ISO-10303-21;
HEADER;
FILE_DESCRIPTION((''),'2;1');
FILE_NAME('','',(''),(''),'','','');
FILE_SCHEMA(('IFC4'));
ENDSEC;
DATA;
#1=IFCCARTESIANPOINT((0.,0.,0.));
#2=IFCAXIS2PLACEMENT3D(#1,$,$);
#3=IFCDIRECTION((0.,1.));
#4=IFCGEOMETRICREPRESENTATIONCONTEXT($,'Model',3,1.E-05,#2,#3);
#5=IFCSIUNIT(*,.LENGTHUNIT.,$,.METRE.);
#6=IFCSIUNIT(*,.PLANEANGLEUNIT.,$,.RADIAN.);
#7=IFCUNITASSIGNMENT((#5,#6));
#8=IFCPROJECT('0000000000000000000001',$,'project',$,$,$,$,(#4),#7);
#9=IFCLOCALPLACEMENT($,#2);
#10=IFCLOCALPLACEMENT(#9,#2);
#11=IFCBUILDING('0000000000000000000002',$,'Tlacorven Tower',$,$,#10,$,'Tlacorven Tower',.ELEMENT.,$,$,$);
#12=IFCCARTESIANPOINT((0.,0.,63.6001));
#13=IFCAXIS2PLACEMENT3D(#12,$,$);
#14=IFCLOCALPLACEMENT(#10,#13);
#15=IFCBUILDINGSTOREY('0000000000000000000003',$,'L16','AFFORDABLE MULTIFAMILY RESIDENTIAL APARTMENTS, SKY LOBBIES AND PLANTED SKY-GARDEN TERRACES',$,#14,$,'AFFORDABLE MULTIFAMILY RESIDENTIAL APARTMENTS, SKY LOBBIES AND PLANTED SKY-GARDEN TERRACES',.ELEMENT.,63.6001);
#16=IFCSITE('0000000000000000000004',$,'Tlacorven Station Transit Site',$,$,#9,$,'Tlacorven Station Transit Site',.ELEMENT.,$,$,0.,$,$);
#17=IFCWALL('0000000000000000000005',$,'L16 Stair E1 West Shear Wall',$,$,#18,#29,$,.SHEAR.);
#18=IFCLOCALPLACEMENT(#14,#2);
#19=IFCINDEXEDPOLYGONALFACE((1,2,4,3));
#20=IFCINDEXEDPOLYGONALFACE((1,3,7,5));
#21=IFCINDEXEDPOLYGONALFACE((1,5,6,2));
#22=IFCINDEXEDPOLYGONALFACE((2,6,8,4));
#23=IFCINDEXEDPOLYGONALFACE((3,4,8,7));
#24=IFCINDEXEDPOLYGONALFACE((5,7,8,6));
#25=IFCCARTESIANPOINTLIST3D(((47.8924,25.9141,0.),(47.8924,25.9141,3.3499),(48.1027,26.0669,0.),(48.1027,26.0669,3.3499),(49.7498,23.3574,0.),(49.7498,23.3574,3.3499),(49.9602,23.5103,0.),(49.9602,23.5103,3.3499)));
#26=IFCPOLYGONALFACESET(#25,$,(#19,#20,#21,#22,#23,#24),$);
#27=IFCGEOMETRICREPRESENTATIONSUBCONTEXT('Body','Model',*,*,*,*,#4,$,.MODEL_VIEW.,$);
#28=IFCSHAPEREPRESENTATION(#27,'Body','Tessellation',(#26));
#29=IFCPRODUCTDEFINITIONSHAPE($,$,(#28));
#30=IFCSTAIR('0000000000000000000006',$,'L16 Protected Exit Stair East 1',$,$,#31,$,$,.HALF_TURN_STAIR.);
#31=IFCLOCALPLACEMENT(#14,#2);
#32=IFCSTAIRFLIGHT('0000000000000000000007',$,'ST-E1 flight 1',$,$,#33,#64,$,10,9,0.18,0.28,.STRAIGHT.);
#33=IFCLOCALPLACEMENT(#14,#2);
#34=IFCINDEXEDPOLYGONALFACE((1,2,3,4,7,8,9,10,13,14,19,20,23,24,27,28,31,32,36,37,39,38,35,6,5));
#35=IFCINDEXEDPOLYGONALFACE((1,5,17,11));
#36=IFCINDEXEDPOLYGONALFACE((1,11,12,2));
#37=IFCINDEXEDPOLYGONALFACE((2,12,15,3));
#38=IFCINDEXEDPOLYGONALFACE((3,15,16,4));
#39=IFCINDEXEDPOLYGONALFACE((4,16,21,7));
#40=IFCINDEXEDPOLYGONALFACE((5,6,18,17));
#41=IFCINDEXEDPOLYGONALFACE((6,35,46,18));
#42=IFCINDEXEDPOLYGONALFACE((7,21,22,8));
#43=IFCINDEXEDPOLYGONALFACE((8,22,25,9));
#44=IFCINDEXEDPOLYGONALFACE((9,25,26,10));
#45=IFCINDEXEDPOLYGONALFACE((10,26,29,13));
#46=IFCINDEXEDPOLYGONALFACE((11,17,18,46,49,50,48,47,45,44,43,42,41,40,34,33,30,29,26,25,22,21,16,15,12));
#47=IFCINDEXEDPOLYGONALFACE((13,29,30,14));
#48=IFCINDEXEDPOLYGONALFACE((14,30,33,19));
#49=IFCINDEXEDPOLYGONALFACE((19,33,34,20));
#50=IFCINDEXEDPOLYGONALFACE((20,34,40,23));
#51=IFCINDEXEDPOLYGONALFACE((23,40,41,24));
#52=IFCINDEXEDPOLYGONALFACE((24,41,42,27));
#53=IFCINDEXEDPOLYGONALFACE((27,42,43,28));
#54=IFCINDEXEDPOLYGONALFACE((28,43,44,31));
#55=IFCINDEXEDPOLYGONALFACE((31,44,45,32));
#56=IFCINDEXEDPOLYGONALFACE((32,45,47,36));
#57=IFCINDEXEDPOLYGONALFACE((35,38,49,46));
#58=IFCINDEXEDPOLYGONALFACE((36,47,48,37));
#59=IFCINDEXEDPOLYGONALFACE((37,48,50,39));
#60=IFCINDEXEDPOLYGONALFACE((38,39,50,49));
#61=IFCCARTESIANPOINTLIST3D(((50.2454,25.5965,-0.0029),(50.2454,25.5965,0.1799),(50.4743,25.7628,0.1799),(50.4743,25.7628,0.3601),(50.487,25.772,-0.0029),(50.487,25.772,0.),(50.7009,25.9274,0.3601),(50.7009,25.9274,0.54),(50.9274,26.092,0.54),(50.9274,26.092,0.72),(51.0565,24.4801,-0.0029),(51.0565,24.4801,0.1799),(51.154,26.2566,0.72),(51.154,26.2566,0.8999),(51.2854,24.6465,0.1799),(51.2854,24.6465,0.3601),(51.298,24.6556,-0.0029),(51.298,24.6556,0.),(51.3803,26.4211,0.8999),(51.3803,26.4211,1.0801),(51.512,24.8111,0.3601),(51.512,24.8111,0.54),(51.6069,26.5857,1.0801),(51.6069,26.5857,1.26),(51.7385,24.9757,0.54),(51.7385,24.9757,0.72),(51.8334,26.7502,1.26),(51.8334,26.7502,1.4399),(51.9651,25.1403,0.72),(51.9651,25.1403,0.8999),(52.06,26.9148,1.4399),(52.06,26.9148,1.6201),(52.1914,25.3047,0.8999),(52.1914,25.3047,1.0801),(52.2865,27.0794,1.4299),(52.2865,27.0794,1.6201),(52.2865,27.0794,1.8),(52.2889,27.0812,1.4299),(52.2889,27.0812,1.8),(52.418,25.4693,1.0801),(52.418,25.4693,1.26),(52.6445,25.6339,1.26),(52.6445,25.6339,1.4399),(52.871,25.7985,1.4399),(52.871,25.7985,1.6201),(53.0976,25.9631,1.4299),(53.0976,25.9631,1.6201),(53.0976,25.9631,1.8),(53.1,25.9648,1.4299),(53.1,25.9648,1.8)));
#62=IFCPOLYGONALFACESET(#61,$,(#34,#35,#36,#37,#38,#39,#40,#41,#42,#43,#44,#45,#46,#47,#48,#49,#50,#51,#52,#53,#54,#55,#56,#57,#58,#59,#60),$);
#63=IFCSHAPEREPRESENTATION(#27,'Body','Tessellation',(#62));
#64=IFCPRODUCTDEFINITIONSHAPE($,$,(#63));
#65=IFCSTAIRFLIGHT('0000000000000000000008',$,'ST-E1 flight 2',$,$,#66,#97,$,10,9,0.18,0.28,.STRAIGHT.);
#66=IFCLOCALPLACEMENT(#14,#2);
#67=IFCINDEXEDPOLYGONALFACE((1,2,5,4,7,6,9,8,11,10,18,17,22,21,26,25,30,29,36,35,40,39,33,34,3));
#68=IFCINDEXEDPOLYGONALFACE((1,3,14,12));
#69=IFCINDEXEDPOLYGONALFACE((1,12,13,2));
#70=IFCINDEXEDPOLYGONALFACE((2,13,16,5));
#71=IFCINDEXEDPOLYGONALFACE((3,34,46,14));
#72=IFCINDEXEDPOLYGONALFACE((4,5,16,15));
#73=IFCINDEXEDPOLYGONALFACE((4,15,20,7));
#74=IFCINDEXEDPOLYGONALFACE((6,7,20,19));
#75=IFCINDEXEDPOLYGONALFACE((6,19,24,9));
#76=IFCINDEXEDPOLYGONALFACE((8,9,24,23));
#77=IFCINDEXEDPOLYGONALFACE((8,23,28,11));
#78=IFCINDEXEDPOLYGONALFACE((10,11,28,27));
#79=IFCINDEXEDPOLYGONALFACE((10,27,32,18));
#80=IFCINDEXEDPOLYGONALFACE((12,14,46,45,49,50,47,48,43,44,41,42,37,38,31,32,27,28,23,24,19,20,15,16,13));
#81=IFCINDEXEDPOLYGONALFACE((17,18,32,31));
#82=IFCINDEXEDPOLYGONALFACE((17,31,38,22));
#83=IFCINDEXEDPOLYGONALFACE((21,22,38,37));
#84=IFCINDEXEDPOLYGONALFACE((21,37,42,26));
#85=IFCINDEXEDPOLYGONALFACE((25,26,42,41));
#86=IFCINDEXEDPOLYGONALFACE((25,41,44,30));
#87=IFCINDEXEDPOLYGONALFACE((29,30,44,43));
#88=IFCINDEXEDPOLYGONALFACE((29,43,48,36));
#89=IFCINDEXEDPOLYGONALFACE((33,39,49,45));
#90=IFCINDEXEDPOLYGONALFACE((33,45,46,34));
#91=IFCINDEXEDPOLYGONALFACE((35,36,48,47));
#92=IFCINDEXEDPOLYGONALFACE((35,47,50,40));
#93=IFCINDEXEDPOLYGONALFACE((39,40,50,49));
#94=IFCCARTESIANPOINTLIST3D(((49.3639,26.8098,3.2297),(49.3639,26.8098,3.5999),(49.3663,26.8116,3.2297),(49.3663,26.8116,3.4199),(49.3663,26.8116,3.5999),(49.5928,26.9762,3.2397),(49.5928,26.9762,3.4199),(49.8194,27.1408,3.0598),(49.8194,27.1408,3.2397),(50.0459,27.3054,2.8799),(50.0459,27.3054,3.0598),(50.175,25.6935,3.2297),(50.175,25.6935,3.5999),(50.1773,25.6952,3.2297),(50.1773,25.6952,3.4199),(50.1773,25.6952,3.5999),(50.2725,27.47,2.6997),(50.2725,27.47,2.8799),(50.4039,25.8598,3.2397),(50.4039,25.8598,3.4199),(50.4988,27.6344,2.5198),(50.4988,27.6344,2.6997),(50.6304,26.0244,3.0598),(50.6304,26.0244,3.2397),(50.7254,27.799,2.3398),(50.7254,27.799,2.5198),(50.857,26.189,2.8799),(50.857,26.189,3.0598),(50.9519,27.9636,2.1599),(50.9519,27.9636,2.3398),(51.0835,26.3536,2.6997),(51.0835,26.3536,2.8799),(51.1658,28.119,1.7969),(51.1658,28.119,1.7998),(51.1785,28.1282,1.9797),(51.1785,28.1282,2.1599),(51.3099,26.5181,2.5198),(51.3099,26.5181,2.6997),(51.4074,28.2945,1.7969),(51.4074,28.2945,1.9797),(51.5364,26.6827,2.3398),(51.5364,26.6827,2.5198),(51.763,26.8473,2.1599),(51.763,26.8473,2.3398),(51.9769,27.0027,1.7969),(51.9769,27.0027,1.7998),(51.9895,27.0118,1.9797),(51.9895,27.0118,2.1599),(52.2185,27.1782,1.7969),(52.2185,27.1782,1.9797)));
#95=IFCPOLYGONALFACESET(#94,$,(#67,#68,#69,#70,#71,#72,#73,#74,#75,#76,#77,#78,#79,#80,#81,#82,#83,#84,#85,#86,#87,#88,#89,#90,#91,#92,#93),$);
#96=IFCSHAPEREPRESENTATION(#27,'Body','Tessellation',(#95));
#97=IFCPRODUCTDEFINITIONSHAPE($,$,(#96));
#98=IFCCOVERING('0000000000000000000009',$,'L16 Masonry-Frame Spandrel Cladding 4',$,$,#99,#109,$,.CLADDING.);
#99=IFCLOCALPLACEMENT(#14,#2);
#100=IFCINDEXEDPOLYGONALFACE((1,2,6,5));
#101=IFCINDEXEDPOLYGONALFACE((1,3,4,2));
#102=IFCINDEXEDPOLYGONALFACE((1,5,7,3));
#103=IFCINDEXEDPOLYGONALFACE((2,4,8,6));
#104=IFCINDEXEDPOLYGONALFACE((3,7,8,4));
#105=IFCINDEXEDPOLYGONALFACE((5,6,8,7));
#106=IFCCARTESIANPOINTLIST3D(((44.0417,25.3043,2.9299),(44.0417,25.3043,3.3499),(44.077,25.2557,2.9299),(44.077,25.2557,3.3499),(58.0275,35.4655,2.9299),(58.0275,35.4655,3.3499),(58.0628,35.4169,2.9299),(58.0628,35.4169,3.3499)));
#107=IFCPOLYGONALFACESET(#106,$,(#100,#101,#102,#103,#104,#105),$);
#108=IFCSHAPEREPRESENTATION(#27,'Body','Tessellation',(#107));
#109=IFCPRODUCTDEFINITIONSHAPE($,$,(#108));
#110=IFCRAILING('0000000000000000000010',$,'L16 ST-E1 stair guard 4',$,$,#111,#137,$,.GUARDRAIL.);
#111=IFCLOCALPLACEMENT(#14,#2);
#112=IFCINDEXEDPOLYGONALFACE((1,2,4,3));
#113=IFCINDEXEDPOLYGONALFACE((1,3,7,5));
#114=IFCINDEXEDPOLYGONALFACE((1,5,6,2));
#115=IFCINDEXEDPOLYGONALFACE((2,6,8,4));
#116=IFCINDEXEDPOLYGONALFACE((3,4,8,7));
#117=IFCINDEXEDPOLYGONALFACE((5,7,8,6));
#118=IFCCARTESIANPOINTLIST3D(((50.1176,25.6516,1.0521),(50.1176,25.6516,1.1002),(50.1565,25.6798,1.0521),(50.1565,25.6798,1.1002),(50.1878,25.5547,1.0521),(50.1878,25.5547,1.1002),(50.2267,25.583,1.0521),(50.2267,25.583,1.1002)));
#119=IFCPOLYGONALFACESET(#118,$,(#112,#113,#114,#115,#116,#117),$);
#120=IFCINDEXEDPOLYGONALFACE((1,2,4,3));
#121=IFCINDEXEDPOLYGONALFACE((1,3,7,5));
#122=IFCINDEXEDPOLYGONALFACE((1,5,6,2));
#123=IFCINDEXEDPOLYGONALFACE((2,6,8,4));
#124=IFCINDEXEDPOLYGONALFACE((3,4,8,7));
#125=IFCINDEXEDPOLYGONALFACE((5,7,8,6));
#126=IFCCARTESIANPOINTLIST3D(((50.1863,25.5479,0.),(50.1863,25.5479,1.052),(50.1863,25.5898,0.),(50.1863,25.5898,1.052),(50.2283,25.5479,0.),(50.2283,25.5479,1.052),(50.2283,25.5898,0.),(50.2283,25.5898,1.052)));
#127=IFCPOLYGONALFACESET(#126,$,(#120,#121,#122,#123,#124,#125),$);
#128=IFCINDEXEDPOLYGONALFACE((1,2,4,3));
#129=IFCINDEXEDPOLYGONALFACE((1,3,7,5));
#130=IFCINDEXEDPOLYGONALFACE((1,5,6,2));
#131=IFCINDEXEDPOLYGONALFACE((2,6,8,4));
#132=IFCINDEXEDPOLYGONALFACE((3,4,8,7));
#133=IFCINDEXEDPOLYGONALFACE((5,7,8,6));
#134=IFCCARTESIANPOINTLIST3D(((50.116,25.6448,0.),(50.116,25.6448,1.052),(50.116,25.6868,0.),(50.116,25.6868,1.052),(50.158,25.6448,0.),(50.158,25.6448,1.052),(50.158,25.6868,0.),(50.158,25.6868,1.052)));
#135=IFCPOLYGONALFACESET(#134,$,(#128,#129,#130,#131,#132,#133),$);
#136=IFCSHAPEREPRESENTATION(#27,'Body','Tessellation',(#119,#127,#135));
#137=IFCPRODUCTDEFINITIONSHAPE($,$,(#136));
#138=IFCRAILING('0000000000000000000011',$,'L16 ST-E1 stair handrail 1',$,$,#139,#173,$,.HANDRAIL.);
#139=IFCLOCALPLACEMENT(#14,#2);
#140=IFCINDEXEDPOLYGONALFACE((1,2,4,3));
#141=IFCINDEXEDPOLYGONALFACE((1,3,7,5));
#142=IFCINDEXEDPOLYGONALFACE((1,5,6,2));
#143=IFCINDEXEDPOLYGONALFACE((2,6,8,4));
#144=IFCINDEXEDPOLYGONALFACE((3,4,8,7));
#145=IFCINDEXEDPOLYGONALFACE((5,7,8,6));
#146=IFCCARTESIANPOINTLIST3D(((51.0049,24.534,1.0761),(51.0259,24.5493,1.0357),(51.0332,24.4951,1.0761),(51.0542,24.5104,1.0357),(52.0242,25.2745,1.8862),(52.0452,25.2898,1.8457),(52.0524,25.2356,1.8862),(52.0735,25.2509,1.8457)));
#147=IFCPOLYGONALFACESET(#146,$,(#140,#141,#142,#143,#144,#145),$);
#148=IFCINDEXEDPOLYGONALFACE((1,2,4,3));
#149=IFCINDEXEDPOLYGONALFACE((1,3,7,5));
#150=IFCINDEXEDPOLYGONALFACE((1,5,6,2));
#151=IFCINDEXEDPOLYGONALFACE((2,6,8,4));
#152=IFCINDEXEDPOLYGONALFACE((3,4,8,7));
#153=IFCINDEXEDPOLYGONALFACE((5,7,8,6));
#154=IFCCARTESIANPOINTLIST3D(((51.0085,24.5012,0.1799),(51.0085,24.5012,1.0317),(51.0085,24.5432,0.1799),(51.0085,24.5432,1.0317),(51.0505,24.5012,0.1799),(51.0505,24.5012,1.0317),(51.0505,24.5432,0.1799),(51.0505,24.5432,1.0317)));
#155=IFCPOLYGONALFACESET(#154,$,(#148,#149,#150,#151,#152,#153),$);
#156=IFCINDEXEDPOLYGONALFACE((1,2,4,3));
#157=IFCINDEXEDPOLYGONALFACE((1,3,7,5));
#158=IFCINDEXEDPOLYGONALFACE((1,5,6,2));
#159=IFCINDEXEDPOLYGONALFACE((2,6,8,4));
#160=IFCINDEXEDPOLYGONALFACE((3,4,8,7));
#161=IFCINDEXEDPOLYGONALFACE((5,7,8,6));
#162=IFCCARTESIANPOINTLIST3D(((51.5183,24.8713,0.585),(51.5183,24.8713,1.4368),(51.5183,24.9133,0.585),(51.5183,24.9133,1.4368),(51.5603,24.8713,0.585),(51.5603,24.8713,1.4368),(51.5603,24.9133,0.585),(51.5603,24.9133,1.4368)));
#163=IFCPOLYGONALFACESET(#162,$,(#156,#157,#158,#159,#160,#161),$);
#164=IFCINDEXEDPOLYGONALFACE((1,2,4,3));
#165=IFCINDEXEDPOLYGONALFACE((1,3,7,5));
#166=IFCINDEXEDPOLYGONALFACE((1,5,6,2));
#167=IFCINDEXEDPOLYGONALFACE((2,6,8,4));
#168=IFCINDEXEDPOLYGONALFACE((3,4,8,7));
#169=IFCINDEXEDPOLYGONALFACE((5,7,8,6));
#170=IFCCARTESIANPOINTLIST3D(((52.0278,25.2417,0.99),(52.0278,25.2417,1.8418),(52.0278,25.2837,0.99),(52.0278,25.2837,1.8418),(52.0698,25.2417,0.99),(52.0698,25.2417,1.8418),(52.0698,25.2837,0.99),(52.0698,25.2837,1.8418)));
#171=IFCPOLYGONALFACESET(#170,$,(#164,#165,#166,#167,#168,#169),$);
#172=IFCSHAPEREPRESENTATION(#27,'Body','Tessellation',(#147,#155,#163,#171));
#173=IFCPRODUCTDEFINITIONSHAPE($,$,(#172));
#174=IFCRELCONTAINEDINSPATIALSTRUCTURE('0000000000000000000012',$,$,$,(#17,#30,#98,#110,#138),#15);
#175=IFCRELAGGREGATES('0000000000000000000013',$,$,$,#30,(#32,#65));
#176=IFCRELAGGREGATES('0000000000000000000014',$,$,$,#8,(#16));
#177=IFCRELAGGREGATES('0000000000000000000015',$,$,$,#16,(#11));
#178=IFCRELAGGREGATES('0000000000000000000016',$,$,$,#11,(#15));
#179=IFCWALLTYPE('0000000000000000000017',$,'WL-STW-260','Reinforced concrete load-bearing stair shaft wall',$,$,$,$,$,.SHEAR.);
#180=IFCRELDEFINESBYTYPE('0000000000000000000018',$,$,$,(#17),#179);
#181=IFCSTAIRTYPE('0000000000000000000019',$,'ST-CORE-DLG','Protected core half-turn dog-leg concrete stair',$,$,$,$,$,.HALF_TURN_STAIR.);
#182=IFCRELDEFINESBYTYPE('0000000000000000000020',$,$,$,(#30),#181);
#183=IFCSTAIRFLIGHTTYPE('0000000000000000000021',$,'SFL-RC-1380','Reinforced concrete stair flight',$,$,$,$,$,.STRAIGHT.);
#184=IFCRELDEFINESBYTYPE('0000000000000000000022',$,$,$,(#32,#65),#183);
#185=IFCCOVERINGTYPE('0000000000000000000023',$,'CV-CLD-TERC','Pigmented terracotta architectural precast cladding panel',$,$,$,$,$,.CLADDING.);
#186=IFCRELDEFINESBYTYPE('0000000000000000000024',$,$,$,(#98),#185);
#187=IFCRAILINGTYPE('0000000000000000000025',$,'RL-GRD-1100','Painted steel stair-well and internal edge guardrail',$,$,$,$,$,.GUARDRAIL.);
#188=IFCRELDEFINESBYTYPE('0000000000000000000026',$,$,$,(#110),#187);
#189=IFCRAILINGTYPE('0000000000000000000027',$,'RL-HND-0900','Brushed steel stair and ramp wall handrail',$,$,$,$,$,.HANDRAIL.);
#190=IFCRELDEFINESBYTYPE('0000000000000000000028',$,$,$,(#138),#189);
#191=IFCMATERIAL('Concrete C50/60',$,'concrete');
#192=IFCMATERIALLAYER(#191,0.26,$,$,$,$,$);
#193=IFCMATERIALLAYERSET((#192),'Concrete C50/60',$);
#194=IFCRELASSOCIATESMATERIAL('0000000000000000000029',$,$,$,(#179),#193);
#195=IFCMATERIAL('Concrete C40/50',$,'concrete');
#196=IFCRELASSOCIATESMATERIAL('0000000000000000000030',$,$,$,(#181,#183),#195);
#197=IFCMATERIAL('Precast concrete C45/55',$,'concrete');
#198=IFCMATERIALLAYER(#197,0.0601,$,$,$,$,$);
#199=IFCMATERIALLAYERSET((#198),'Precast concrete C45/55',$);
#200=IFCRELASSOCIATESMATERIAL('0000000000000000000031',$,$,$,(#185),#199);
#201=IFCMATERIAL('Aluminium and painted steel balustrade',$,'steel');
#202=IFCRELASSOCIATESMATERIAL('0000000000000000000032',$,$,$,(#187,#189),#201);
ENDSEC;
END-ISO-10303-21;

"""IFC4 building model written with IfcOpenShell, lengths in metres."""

from ifc_helpers import new_model, si_unit, direction, frame, frame_2d, origin, origin_2d, place, context, subcontext, project, spatial, polyline, rectangle, outline, extrude, source, transform, mapped, material, layer, layer_set, type_object, element, aggregate, save


model = new_model("IFC4")

# Units and contexts
model_context = context("Model", 3, precision=1e-05, world=origin(), true_north=direction((0.0, 1.0)))
body_context = subcontext(model_context, "Body", "Model", "MODEL_VIEW")
ifc_project = project(units=[si_unit("LENGTHUNIT", "METRE"), si_unit("PLANEANGLEUNIT", "RADIAN")], contexts=[model_context])

# Site, building, storey
site_placement = place(None, origin())
site = spatial("IfcSite", under=ifc_project, at=site_placement, Name="Tlacorven Station Transit Site", LongName="Tlacorven Station Transit Site", CompositionType="ELEMENT", RefElevation=0.0)
building_placement = place(site_placement, origin())
building = spatial("IfcBuilding", under=site, at=building_placement, Name="Tlacorven Tower", LongName="Tlacorven Tower", CompositionType="ELEMENT")
storey_placement = place(building_placement, frame((0.0, 0.0, 63.6001)))
storey = spatial("IfcBuildingStorey", under=building, at=storey_placement, Name="L16", Description="AFFORDABLE MULTIFAMILY RESIDENTIAL APARTMENTS, SKY LOBBIES AND PLANTED SKY-GARDEN TERRACES", LongName="AFFORDABLE MULTIFAMILY RESIDENTIAL APARTMENTS, SKY LOBBIES AND PLANTED SKY-GARDEN TERRACES", CompositionType="ELEMENT", Elevation=63.6001)

# Shared definitions
ifc_material_1 = material(Name="Precast concrete C45/55", Category="concrete")

# Shared definitions
ifc_material_2 = material(Name="Concrete C40/50", Category="concrete")

# Shared definitions
ifc_material_3 = material(Name="Concrete C50/60", Category="concrete")
ifc_layer_1 = layer(ifc_material_3, 0.26)
ifc_layer_set_1 = layer_set([ifc_layer_1], Name="Concrete C50/60")
wall_type_1 = type_object("IfcWallType", Name="WL-STW-260", Description="Reinforced concrete load-bearing stair shaft wall", PredefinedType="SHEAR", material=ifc_layer_set_1)

# Wall
wall_1_placement = place(storey_placement, frame((49.855, 23.4338, 0.0), z_axis=(0.0, 0.0, 1.0), x_axis=(-0.587767, 0.80903, 0.0)))
element("IfcWall", 1, at=wall_1_placement, inside=storey, type_object=wall_type_1, Name="L16 Stair E1 West Shear Wall", PredefinedType="SHEAR", context=body_context, shape_type="SweptSolid", body=[
    extrude(rectangle(XDim=3.1602, YDim=0.26, at=frame_2d((1.5801, 0.0))), origin(), (0.0, 0.0, 1.0), 3.3499),
])

# Stair, stair flights
stair_type = type_object("IfcStairType", Name="ST-CORE-DLG", Description="Protected core half-turn dog-leg concrete stair", PredefinedType="HALF_TURN_STAIR", material=ifc_material_2)
stair_placement = place(storey_placement, origin())
stair = element("IfcStair", 2, at=stair_placement, inside=storey, type_object=stair_type, Name="L16 Protected Exit Stair East 1", PredefinedType="HALF_TURN_STAIR")
stair_flight_type = type_object("IfcStairFlightType", Name="SFL-RC-1380", Description="Reinforced concrete stair flight", PredefinedType="STRAIGHT", material=ifc_material_2)
shared_shape_1 = source(origin(), body_context, "Body", "SweptSolid", [
    extrude(outline(polyline([(-0.0029, -0.0029), (-0.0029, 0.1799), (0.28, 0.1799), (0.28, 0.3601), (0.5601, 0.3601), (0.5601, 0.54), (0.8401, 0.54), (0.8401, 0.72), (1.1201, 0.72), (1.1201, 0.8999), (1.3999, 0.8999), (1.3999, 1.0801), (1.6799, 1.0801), (1.6799, 1.26), (1.96, 1.26), (1.96, 1.4399), (2.24, 1.4399), (2.24, 1.6201), (2.52, 1.6201), (2.52, 1.8), (2.5229, 1.8), (2.5229, 1.4299), (2.52, 1.4299), (0.2957, 0.0), (0.2957, -0.0029), (-0.0029, -0.0029)])), frame((0.0, 0.6899, 0.0), z_axis=(0.0, -1.0, 0.0), x_axis=(1.0, 0.0, 0.0)), (0.0, 0.0, 1.0), 1.3799),
])
stair_flight_1_placement = place(storey_placement, frame((50.6533, 25.04, 0.0), z_axis=(0.0, 0.0, 1.0), x_axis=(0.809017, 0.587785, 0.0)))
stair_flight_1 = element("IfcStairFlight", 3, at=stair_flight_1_placement, type_object=stair_flight_type, Name="ST-E1 flight 1", NumberOfRisers=10, NumberOfTreads=9, PredefinedType="STRAIGHT", RiserHeight=0.18, TreadLength=0.28, context=body_context, shape_type="MappedRepresentation", body=[
    mapped(shared_shape_1, transform((0.0, 0.0, 0.0), scale=1.0)),
])
stair_flight_2_placement = place(storey_placement, frame((51.8105, 27.7346, 1.7998), z_axis=(0.0, 0.0, 1.0), x_axis=(-0.809017, -0.587785, 0.0)))
stair_flight_2 = element("IfcStairFlight", 4, at=stair_flight_2_placement, type_object=stair_flight_type, Name="ST-E1 flight 2", NumberOfRisers=10, NumberOfTreads=9, PredefinedType="STRAIGHT", RiserHeight=0.18, TreadLength=0.28, context=body_context, shape_type="MappedRepresentation", body=[
    mapped(shared_shape_1, transform((0.0, 0.0, 0.0), scale=1.0)),
])
aggregate(stair, [stair_flight_1, stair_flight_2])

# Covering
ifc_layer_2 = layer(ifc_material_1, 0.0601)
ifc_layer_set_2 = layer_set([ifc_layer_2], Name="Precast concrete C45/55")
covering_type = type_object("IfcCoveringType", Name="CV-CLD-TERC", Description="Pigmented terracotta architectural precast cladding panel", PredefinedType="CLADDING", material=ifc_layer_set_2)
shared_shape_2 = source(origin(), body_context, "Body", "SweptSolid", [
    extrude(rectangle(XDim=17.2874, YDim=0.0601, at=origin_2d()), origin(), (0.0, 0.0, 1.0), 0.4199),
])
covering_placement = place(storey_placement, frame((51.0522, 30.3606, 2.9299), z_axis=(0.0, 0.0, 1.0), x_axis=(0.809017, 0.587785, 0.0)))
element("IfcCovering", 5, at=covering_placement, inside=storey, type_object=covering_type, Name="L16 Masonry-Frame Spandrel Cladding 4", PredefinedType="CLADDING", context=body_context, shape_type="MappedRepresentation", body=[
    mapped(shared_shape_2, transform((0.0, 0.0, 0.0), scale=1.0)),
])

# Railings
ifc_material_4 = material(Name="Aluminium and painted steel balustrade", Category="steel")
railing_type_1 = type_object("IfcRailingType", Name="RL-GRD-1100", Description="Painted steel stair-well and internal edge guardrail", PredefinedType="GUARDRAIL", material=ifc_material_4)
shared_shape_3 = source(origin(), body_context, "Body", "SweptSolid", [
    extrude(rectangle(XDim=0.0481, YDim=0.0481, at=origin_2d()), frame((0.0, 0.0, 1.0762), z_axis=(-0.587201, 0.809441, 0.0), x_axis=(-0.809441, -0.587201, 0.0)), (0.0, 0.0, 1.0), 0.1196),
    extrude(rectangle(XDim=0.042, YDim=0.042, at=origin_2d()), origin(), (0.0, 0.0, 1.0), 1.052),
    extrude(rectangle(XDim=0.042, YDim=0.042, at=origin_2d()), frame((-0.0703, 0.0969, 0.0)), (0.0, 0.0, 1.0), 1.052),
])
railing_1_placement = place(storey_placement, frame((50.2073, 25.5688, 0.0)))
element("IfcRailing", 6, at=railing_1_placement, inside=storey, type_object=railing_type_1, Name="L16 ST-E1 stair guard 4", PredefinedType="GUARDRAIL", context=body_context, shape_type="MappedRepresentation", body=[
    mapped(shared_shape_3, transform((0.0, 0.0, 0.0), scale=1.0)),
])
railing_type_2 = type_object("IfcRailingType", Name="RL-HND-0900", Description="Brushed steel stair and ramp wall handrail", PredefinedType="HANDRAIL", material=ifc_material_4)
shared_shape_4 = source(origin(), body_context, "Body", "SweptSolid", [
    extrude(rectangle(XDim=0.0481, YDim=0.0481, at=origin_2d()), frame((0.0, 0.0, 0.876), z_axis=(0.680516, 0.494373, 0.540827), x_axis=(-0.587745, 0.809046, 0.0)), (0.0, 0.0, 1.0), 1.4978),
    extrude(rectangle(XDim=0.042, YDim=0.042, at=origin_2d()), origin(), (0.0, 0.0, 1.0), 0.8518),
    extrude(rectangle(XDim=0.042, YDim=0.042, at=origin_2d()), frame((0.5098, 0.3701, 0.405)), (0.0, 0.0, 1.0), 0.8518),
    extrude(rectangle(XDim=0.042, YDim=0.042, at=origin_2d()), frame((1.0193, 0.7405, 0.8101)), (0.0, 0.0, 1.0), 0.8518),
])
railing_2_placement = place(storey_placement, frame((51.0295, 24.5222, 0.1799)))
element("IfcRailing", 7, at=railing_2_placement, inside=storey, type_object=railing_type_2, Name="L16 ST-E1 stair handrail 1", PredefinedType="HANDRAIL", context=body_context, shape_type="MappedRepresentation", body=[
    mapped(shared_shape_4, transform((0.0, 0.0, 0.0), scale=1.0)),
])

save(model, "model.ifc")
